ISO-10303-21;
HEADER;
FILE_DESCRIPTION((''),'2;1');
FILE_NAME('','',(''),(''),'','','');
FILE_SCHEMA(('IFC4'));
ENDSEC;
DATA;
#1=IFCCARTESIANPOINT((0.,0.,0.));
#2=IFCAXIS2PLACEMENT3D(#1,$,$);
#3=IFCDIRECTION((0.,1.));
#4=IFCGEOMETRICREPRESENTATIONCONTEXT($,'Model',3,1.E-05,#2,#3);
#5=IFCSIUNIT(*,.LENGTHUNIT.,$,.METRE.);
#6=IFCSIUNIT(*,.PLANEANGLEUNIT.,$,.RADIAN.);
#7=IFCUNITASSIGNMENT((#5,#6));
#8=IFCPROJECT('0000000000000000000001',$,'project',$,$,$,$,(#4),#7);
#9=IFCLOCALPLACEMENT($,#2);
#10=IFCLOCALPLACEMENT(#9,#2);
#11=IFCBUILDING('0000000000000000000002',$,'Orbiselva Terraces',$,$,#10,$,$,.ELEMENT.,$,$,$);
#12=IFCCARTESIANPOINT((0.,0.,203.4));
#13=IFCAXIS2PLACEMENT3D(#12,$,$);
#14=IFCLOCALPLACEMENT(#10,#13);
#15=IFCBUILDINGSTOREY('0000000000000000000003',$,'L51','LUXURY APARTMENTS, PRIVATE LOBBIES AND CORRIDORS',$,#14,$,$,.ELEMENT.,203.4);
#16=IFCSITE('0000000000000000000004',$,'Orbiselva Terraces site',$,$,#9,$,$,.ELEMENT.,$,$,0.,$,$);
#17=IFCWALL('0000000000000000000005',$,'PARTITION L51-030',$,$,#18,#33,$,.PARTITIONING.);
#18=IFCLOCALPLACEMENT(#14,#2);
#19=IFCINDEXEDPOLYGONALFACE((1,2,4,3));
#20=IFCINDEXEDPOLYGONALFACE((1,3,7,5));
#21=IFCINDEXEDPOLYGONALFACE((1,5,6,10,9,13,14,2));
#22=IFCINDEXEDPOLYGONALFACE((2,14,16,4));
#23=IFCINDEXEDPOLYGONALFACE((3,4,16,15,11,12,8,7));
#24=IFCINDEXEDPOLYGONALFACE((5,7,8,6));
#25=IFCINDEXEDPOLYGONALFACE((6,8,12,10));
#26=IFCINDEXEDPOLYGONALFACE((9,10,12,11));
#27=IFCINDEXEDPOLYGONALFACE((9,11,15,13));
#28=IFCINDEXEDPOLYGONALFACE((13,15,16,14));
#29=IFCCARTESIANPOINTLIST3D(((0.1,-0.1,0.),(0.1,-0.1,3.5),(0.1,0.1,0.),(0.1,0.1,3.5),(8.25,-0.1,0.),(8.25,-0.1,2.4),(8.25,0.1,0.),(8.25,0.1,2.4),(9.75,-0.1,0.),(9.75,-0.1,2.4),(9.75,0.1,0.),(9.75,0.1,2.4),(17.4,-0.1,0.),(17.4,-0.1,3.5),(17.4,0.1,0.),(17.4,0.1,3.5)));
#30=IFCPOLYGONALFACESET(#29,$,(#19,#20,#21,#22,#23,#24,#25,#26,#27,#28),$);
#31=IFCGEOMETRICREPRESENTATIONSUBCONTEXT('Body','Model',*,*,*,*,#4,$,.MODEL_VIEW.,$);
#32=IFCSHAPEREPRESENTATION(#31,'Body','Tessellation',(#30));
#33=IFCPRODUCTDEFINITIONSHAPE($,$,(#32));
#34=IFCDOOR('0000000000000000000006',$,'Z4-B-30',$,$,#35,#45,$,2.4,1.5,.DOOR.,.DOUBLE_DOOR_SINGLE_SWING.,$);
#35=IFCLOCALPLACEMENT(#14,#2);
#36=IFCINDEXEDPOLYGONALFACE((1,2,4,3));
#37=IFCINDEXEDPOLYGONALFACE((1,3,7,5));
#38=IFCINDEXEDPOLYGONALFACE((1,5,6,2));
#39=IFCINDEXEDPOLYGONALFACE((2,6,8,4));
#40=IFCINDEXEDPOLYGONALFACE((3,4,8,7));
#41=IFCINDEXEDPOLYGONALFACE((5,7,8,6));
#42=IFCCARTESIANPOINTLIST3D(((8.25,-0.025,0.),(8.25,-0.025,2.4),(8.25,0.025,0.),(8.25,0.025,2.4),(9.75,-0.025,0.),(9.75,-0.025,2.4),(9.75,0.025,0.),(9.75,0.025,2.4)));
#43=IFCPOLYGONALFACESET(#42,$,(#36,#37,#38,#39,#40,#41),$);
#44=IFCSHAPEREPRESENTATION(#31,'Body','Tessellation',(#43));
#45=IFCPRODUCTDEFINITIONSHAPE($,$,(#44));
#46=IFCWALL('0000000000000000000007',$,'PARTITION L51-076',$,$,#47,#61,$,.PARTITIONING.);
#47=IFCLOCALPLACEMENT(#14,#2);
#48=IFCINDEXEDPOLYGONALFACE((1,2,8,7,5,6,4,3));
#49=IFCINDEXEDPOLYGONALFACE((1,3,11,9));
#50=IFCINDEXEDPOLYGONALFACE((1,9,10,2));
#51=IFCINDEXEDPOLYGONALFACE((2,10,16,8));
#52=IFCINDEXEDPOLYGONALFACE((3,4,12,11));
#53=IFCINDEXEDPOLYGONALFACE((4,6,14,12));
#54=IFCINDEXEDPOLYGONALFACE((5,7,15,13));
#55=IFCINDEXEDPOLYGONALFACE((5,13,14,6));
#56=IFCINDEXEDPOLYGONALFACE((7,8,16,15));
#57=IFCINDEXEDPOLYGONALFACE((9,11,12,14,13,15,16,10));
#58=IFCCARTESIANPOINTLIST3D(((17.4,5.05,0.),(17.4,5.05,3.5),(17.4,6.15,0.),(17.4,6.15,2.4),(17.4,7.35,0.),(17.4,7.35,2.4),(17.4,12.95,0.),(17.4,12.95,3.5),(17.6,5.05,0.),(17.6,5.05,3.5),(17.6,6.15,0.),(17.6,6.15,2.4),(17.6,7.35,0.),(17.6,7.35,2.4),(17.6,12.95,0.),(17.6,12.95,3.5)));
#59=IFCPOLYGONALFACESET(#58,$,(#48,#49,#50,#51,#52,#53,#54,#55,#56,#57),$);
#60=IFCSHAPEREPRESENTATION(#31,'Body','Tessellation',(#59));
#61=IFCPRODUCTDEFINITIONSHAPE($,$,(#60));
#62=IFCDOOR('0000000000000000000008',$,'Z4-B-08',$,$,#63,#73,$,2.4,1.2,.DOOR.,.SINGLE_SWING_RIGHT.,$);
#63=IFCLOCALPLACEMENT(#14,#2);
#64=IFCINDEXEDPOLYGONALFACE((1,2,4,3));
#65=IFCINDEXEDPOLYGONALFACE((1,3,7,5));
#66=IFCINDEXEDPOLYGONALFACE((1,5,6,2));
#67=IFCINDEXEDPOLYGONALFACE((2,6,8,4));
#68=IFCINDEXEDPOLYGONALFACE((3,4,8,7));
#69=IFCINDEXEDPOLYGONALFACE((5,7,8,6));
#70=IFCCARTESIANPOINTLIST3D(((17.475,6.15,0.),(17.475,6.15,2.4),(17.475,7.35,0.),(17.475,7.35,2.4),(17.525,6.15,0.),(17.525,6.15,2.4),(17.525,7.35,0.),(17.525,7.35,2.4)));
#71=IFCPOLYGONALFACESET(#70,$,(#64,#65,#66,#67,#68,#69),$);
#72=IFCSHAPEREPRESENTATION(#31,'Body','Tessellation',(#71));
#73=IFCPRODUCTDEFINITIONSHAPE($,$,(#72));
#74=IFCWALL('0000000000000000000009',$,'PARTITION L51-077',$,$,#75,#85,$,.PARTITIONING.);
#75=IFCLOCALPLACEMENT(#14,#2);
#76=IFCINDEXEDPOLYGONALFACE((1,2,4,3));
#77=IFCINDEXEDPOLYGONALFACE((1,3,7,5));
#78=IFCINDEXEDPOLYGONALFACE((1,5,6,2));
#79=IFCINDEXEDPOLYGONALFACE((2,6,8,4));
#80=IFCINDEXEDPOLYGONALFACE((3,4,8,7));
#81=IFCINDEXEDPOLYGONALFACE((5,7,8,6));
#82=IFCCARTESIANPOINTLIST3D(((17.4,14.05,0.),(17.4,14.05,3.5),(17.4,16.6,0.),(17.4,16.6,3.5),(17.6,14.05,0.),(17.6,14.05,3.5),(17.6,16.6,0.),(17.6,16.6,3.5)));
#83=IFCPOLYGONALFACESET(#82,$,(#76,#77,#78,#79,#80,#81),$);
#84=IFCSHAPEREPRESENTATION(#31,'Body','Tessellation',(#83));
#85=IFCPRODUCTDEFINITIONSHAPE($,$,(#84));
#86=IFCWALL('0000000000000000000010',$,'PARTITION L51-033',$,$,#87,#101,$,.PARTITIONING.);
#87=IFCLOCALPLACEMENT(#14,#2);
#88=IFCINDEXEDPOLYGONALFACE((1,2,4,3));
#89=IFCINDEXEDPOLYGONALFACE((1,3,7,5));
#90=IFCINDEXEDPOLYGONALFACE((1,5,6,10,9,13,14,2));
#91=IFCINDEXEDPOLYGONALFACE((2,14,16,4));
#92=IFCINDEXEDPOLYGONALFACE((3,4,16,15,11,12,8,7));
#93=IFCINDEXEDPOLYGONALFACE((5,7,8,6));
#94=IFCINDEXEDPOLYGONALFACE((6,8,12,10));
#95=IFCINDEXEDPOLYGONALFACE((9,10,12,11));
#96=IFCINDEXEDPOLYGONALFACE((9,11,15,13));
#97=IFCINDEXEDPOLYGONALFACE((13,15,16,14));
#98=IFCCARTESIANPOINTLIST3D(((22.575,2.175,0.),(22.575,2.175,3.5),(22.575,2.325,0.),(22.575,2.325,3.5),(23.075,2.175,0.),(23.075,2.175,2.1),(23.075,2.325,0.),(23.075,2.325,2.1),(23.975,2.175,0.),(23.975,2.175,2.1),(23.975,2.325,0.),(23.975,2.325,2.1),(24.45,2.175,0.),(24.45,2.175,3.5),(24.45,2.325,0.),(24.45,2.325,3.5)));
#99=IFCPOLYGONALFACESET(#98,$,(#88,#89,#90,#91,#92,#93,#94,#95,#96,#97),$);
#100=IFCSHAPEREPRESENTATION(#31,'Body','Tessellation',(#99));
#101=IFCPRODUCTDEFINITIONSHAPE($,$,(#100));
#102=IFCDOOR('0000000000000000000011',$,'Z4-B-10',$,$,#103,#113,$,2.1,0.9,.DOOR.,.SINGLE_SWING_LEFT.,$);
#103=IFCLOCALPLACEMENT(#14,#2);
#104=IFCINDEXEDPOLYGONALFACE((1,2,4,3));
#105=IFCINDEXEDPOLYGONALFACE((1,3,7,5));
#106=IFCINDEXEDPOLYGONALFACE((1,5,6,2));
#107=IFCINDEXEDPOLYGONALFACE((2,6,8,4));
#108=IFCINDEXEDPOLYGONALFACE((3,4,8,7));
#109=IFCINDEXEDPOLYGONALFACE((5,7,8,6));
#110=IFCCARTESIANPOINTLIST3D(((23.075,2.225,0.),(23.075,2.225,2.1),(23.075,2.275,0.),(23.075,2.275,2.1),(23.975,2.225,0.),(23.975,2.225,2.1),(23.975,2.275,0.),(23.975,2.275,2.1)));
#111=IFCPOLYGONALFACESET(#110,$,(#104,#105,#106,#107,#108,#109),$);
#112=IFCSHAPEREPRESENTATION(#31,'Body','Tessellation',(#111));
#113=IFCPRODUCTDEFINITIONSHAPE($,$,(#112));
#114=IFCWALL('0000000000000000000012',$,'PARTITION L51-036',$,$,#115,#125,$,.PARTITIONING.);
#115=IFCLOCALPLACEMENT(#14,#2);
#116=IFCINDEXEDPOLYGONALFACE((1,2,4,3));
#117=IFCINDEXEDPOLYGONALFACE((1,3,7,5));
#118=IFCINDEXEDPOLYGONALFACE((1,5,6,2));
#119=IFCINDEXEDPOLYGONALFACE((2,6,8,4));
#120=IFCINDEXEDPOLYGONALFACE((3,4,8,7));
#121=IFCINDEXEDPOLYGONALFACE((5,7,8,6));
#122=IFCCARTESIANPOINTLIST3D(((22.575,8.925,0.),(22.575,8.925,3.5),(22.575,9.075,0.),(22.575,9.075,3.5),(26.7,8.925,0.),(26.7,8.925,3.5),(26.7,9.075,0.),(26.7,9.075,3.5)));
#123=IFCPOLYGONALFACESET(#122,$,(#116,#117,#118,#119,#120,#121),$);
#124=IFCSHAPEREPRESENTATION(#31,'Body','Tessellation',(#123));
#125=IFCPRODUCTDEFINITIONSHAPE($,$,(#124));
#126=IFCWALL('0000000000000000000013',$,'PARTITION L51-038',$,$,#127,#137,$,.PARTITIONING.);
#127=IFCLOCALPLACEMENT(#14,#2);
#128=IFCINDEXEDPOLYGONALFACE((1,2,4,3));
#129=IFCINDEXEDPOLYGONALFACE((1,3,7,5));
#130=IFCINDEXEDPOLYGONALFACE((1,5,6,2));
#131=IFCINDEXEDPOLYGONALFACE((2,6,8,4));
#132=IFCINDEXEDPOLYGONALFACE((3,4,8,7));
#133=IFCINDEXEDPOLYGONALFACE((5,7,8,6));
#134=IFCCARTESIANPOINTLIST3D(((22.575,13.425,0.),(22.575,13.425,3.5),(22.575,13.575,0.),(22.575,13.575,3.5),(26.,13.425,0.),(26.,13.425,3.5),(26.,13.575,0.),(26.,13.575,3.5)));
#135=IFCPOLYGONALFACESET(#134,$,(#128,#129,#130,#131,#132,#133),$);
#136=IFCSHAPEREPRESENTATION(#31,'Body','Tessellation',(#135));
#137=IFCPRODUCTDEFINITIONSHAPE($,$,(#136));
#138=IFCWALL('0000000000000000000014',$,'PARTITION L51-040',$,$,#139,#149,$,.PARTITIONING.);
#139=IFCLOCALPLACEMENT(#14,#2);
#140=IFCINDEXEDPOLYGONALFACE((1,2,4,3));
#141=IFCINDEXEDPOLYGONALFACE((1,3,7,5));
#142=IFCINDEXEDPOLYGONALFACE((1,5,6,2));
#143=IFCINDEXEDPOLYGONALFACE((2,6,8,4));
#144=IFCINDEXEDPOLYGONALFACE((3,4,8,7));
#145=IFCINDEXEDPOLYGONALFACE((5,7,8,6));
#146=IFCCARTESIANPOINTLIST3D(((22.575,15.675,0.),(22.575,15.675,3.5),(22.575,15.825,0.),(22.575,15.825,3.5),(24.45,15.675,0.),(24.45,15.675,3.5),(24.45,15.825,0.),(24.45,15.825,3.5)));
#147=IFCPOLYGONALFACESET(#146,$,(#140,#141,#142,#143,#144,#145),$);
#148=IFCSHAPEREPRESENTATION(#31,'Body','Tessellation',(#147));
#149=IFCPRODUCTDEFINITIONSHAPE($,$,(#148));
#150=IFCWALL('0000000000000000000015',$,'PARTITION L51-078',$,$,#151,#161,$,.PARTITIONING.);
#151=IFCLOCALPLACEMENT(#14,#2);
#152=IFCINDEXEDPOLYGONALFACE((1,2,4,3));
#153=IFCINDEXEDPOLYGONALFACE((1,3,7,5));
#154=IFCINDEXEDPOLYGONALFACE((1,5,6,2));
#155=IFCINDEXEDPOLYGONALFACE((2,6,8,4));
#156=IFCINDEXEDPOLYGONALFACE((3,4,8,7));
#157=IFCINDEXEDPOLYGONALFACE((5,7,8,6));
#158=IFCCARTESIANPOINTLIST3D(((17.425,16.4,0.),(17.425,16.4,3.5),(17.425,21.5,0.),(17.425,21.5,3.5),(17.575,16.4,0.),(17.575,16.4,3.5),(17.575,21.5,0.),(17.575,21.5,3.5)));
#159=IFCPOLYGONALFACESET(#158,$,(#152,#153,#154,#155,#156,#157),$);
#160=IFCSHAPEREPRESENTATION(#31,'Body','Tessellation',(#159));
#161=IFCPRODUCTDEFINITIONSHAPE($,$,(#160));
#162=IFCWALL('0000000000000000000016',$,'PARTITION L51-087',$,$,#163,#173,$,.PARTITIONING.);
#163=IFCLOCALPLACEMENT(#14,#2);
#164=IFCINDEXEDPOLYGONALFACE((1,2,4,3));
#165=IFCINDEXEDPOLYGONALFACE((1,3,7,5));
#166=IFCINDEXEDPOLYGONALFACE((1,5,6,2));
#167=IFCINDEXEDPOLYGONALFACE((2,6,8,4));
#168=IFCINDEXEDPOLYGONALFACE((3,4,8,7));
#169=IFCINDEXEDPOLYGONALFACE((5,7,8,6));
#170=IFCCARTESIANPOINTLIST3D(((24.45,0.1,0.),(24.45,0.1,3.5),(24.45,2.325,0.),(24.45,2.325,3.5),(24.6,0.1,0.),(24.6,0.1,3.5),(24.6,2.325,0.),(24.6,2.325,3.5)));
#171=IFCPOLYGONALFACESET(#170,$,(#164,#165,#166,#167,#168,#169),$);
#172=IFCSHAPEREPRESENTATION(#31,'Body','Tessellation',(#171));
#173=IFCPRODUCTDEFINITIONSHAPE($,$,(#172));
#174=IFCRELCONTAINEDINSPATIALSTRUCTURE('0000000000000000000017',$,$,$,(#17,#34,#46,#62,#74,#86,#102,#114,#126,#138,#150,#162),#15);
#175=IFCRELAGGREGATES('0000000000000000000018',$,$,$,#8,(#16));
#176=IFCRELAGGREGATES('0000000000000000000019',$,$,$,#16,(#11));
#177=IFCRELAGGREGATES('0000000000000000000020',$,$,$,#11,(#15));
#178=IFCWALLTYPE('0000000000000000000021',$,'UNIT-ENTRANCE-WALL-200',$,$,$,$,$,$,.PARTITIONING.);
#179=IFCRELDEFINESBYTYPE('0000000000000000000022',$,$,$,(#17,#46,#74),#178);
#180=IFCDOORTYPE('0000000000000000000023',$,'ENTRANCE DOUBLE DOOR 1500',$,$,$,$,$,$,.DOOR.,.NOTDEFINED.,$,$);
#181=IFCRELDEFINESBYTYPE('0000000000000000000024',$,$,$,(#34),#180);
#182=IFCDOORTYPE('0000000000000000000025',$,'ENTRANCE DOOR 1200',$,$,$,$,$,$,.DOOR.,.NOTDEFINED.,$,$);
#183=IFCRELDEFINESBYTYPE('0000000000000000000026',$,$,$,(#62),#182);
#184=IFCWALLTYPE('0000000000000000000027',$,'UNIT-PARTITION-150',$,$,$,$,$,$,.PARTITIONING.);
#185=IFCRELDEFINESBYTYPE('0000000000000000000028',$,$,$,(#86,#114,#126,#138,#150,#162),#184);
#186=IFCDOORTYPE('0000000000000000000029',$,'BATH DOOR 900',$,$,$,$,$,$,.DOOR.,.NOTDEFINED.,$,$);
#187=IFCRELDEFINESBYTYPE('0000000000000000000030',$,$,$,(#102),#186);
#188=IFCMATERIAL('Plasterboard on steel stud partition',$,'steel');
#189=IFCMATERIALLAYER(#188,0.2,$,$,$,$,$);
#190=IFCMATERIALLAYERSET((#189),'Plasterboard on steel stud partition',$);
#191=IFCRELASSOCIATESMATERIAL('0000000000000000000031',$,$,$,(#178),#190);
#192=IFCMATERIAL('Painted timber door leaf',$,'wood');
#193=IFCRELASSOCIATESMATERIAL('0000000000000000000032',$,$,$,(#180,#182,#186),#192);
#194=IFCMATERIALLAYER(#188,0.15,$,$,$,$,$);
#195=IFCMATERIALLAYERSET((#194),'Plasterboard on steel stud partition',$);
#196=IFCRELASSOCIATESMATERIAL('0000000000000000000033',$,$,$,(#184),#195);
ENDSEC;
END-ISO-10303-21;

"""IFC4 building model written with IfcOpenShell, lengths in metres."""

from ifc_helpers import new_model, si_unit, direction, frame, frame_2d, origin, place, context, subcontext, project, spatial, rectangle, extrude, material, layer, layer_set, type_object, element, fill, save


model = new_model("IFC4")

# Units and contexts
model_context = context("Model", 3, precision=1e-05, world=origin(), true_north=direction((0.0, 1.0)))
body_context = subcontext(model_context, "Body", "Model", "MODEL_VIEW")
ifc_project = project(units=[si_unit("LENGTHUNIT", "METRE"), si_unit("PLANEANGLEUNIT", "RADIAN")], contexts=[model_context])

# Site, building, storey
site_placement = place(None, origin())
site = spatial("IfcSite", under=ifc_project, at=site_placement, Name="Orbiselva Terraces site", CompositionType="ELEMENT", RefElevation=0.0)
building_placement = place(site_placement, origin())
building = spatial("IfcBuilding", under=site, at=building_placement, Name="Orbiselva Terraces", CompositionType="ELEMENT")
storey_placement = place(building_placement, frame((0.0, 0.0, 203.4)))
storey = spatial("IfcBuildingStorey", under=building, at=storey_placement, Name="L51", Description="LUXURY APARTMENTS, PRIVATE LOBBIES AND CORRIDORS", CompositionType="ELEMENT", Elevation=203.4)

# Walls, openings, doors
ifc_material_1 = material(Name="Plasterboard on steel stud partition", Category="steel")
ifc_layer_1 = layer(ifc_material_1, 0.2)
ifc_layer_set_1 = layer_set([ifc_layer_1], Name="Plasterboard on steel stud partition")
wall_type_1 = type_object("IfcWallType", Name="UNIT-ENTRANCE-WALL-200", PredefinedType="PARTITIONING", material=ifc_layer_set_1)
wall_1_placement = place(storey_placement, frame((17.4, 0.0, 0.0), z_axis=(0.0, 0.0, 1.0), x_axis=(-1.0, 0.0, 0.0)))
wall_1 = element("IfcWall", 1, at=wall_1_placement, inside=storey, type_object=wall_type_1, Name="PARTITION L51-030", PredefinedType="PARTITIONING", context=body_context, shape_type="SweptSolid", body=[
    extrude(rectangle(XDim=17.3, YDim=0.2, at=frame_2d((8.65, 0.0))), origin(), (0.0, 0.0, 1.0), 3.5),
])
opening_1_placement = place(wall_1_placement, frame((7.65, 0.0, 0.0)))
opening_1 = element("IfcOpeningElement", 2, at=opening_1_placement, cuts=wall_1, PredefinedType="OPENING", context=body_context, shape_type="SweptSolid", body=[
    extrude(rectangle(XDim=1.5, YDim=2.4, at=frame_2d((0.75, 1.2))), frame((0.0, 0.11, 0.0), z_axis=(0.0, -1.0, 0.0), x_axis=(1.0, 0.0, 0.0)), (0.0, 0.0, 1.0), 0.22),
])
ifc_material_2 = material(Name="Painted timber door leaf", Category="wood")
door_type_1 = type_object("IfcDoorType", Name="ENTRANCE DOUBLE DOOR 1500", OperationType="NOTDEFINED", PredefinedType="DOOR", material=ifc_material_2)
door_1_placement = place(opening_1_placement, origin())
door_1 = element("IfcDoor", 3, at=door_1_placement, inside=storey, type_object=door_type_1, Name="Z4-B-30", OperationType="DOUBLE_DOOR_SINGLE_SWING", OverallHeight=2.4, OverallWidth=1.5, PredefinedType="DOOR", context=body_context, shape_type="SweptSolid", body=[
    extrude(rectangle(XDim=1.5, YDim=2.4, at=frame_2d((0.75, 1.2))), frame((0.0, 0.025, 0.0), z_axis=(0.0, -1.0, 0.0), x_axis=(1.0, 0.0, 0.0)), (0.0, 0.0, 1.0), 0.05),
])
fill(opening_1, door_1)
wall_2_placement = place(storey_placement, frame((17.5, 12.95, 0.0), z_axis=(0.0, 0.0, 1.0), x_axis=(0.0, -1.0, 0.0)))
wall_2 = element("IfcWall", 4, at=wall_2_placement, inside=storey, type_object=wall_type_1, Name="PARTITION L51-076", PredefinedType="PARTITIONING", context=body_context, shape_type="SweptSolid", body=[
    extrude(rectangle(XDim=7.9, YDim=0.2, at=frame_2d((3.95, 0.0))), origin(), (0.0, 0.0, 1.0), 3.5),
])
opening_2_placement = place(wall_2_placement, frame((5.6, 0.0, 0.0)))
opening_2 = element("IfcOpeningElement", 5, at=opening_2_placement, cuts=wall_2, PredefinedType="OPENING", context=body_context, shape_type="SweptSolid", body=[
    extrude(rectangle(XDim=1.2, YDim=2.4, at=frame_2d((0.6, 1.2))), frame((0.0, 0.11, 0.0), z_axis=(0.0, -1.0, 0.0), x_axis=(1.0, 0.0, 0.0)), (0.0, 0.0, 1.0), 0.22),
])
door_type_2 = type_object("IfcDoorType", Name="ENTRANCE DOOR 1200", OperationType="NOTDEFINED", PredefinedType="DOOR", material=ifc_material_2)
door_2_placement = place(opening_2_placement, origin())
door_2 = element("IfcDoor", 6, at=door_2_placement, inside=storey, type_object=door_type_2, Name="Z4-B-08", OperationType="SINGLE_SWING_RIGHT", OverallHeight=2.4, OverallWidth=1.2, PredefinedType="DOOR", context=body_context, shape_type="SweptSolid", body=[
    extrude(rectangle(XDim=1.2, YDim=2.4, at=frame_2d((0.6, 1.2))), frame((0.0, 0.025, 0.0), z_axis=(0.0, -1.0, 0.0), x_axis=(1.0, 0.0, 0.0)), (0.0, 0.0, 1.0), 0.05),
])
fill(opening_2, door_2)

# Wall
wall_3_placement = place(storey_placement, frame((17.5, 14.05, 0.0), z_axis=(0.0, 0.0, 1.0), x_axis=(0.0, 1.0, 0.0)))
element("IfcWall", 7, at=wall_3_placement, inside=storey, type_object=wall_type_1, Name="PARTITION L51-077", PredefinedType="PARTITIONING", context=body_context, shape_type="SweptSolid", body=[
    extrude(rectangle(XDim=2.55, YDim=0.2, at=frame_2d((1.275, 0.0))), origin(), (0.0, 0.0, 1.0), 3.5),
])

# Wall, opening, door
ifc_layer_2 = layer(ifc_material_1, 0.15)
ifc_layer_set_2 = layer_set([ifc_layer_2], Name="Plasterboard on steel stud partition")
wall_type_2 = type_object("IfcWallType", Name="UNIT-PARTITION-150", PredefinedType="PARTITIONING", material=ifc_layer_set_2)
wall_4_placement = place(storey_placement, frame((24.45, 2.25, 0.0), z_axis=(0.0, 0.0, 1.0), x_axis=(-1.0, 0.0, 0.0)))
wall_4 = element("IfcWall", 8, at=wall_4_placement, inside=storey, type_object=wall_type_2, Name="PARTITION L51-033", PredefinedType="PARTITIONING", context=body_context, shape_type="SweptSolid", body=[
    extrude(rectangle(XDim=1.875, YDim=0.15, at=frame_2d((0.9375, 0.0))), origin(), (0.0, 0.0, 1.0), 3.5),
])
opening_3_placement = place(wall_4_placement, frame((0.475, 0.0, 0.0)))
opening_3 = element("IfcOpeningElement", 9, at=opening_3_placement, cuts=wall_4, PredefinedType="OPENING", context=body_context, shape_type="SweptSolid", body=[
    extrude(rectangle(XDim=0.9, YDim=2.1, at=frame_2d((0.45, 1.05))), frame((0.0, 0.085, 0.0), z_axis=(0.0, -1.0, 0.0), x_axis=(1.0, 0.0, 0.0)), (0.0, 0.0, 1.0), 0.17),
])
door_type_3 = type_object("IfcDoorType", Name="BATH DOOR 900", OperationType="NOTDEFINED", PredefinedType="DOOR", material=ifc_material_2)
door_3_placement = place(opening_3_placement, origin())
door_3 = element("IfcDoor", 10, at=door_3_placement, inside=storey, type_object=door_type_3, Name="Z4-B-10", OperationType="SINGLE_SWING_LEFT", OverallHeight=2.1, OverallWidth=0.9, PredefinedType="DOOR", context=body_context, shape_type="SweptSolid", body=[
    extrude(rectangle(XDim=0.9, YDim=2.1, at=frame_2d((0.45, 1.05))), frame((0.0, 0.025, 0.0), z_axis=(0.0, -1.0, 0.0), x_axis=(1.0, 0.0, 0.0)), (0.0, 0.0, 1.0), 0.05),
])
fill(opening_3, door_3)

# Walls
wall_5_placement = place(storey_placement, frame((22.575, 9.0, 0.0), z_axis=(0.0, 0.0, 1.0), x_axis=(1.0, 0.0, 0.0)))
element("IfcWall", 11, at=wall_5_placement, inside=storey, type_object=wall_type_2, Name="PARTITION L51-036", PredefinedType="PARTITIONING", context=body_context, shape_type="SweptSolid", body=[
    extrude(rectangle(XDim=4.125, YDim=0.15, at=frame_2d((2.0625, 0.0))), origin(), (0.0, 0.0, 1.0), 3.5),
])
wall_6_placement = place(storey_placement, frame((22.575, 13.5, 0.0), z_axis=(0.0, 0.0, 1.0), x_axis=(1.0, 0.0, 0.0)))
element("IfcWall", 12, at=wall_6_placement, inside=storey, type_object=wall_type_2, Name="PARTITION L51-038", PredefinedType="PARTITIONING", context=body_context, shape_type="SweptSolid", body=[
    extrude(rectangle(XDim=3.425, YDim=0.15, at=frame_2d((1.7125, 0.0))), origin(), (0.0, 0.0, 1.0), 3.5),
])
wall_7_placement = place(storey_placement, frame((22.575, 15.75, 0.0), z_axis=(0.0, 0.0, 1.0), x_axis=(1.0, 0.0, 0.0)))
element("IfcWall", 13, at=wall_7_placement, inside=storey, type_object=wall_type_2, Name="PARTITION L51-040", PredefinedType="PARTITIONING", context=body_context, shape_type="SweptSolid", body=[
    extrude(rectangle(XDim=1.875, YDim=0.15, at=frame_2d((0.9375, 0.0))), origin(), (0.0, 0.0, 1.0), 3.5),
])
wall_8_placement = place(storey_placement, frame((17.5, 16.4, 0.0), z_axis=(0.0, 0.0, 1.0), x_axis=(0.0, 1.0, 0.0)))
element("IfcWall", 14, at=wall_8_placement, inside=storey, type_object=wall_type_2, Name="PARTITION L51-078", PredefinedType="PARTITIONING", context=body_context, shape_type="SweptSolid", body=[
    extrude(rectangle(XDim=5.1, YDim=0.15, at=frame_2d((2.55, 0.0))), origin(), (0.0, 0.0, 1.0), 3.5),
])
wall_9_placement = place(storey_placement, frame((24.525, 0.1, 0.0), z_axis=(0.0, 0.0, 1.0), x_axis=(0.0, 1.0, 0.0)))
element("IfcWall", 15, at=wall_9_placement, inside=storey, type_object=wall_type_2, Name="PARTITION L51-087", PredefinedType="PARTITIONING", context=body_context, shape_type="SweptSolid", body=[
    extrude(rectangle(XDim=2.225, YDim=0.15, at=frame_2d((1.1125, 0.0))), origin(), (0.0, 0.0, 1.0), 3.5),
])

save(model, "model.ifc")
